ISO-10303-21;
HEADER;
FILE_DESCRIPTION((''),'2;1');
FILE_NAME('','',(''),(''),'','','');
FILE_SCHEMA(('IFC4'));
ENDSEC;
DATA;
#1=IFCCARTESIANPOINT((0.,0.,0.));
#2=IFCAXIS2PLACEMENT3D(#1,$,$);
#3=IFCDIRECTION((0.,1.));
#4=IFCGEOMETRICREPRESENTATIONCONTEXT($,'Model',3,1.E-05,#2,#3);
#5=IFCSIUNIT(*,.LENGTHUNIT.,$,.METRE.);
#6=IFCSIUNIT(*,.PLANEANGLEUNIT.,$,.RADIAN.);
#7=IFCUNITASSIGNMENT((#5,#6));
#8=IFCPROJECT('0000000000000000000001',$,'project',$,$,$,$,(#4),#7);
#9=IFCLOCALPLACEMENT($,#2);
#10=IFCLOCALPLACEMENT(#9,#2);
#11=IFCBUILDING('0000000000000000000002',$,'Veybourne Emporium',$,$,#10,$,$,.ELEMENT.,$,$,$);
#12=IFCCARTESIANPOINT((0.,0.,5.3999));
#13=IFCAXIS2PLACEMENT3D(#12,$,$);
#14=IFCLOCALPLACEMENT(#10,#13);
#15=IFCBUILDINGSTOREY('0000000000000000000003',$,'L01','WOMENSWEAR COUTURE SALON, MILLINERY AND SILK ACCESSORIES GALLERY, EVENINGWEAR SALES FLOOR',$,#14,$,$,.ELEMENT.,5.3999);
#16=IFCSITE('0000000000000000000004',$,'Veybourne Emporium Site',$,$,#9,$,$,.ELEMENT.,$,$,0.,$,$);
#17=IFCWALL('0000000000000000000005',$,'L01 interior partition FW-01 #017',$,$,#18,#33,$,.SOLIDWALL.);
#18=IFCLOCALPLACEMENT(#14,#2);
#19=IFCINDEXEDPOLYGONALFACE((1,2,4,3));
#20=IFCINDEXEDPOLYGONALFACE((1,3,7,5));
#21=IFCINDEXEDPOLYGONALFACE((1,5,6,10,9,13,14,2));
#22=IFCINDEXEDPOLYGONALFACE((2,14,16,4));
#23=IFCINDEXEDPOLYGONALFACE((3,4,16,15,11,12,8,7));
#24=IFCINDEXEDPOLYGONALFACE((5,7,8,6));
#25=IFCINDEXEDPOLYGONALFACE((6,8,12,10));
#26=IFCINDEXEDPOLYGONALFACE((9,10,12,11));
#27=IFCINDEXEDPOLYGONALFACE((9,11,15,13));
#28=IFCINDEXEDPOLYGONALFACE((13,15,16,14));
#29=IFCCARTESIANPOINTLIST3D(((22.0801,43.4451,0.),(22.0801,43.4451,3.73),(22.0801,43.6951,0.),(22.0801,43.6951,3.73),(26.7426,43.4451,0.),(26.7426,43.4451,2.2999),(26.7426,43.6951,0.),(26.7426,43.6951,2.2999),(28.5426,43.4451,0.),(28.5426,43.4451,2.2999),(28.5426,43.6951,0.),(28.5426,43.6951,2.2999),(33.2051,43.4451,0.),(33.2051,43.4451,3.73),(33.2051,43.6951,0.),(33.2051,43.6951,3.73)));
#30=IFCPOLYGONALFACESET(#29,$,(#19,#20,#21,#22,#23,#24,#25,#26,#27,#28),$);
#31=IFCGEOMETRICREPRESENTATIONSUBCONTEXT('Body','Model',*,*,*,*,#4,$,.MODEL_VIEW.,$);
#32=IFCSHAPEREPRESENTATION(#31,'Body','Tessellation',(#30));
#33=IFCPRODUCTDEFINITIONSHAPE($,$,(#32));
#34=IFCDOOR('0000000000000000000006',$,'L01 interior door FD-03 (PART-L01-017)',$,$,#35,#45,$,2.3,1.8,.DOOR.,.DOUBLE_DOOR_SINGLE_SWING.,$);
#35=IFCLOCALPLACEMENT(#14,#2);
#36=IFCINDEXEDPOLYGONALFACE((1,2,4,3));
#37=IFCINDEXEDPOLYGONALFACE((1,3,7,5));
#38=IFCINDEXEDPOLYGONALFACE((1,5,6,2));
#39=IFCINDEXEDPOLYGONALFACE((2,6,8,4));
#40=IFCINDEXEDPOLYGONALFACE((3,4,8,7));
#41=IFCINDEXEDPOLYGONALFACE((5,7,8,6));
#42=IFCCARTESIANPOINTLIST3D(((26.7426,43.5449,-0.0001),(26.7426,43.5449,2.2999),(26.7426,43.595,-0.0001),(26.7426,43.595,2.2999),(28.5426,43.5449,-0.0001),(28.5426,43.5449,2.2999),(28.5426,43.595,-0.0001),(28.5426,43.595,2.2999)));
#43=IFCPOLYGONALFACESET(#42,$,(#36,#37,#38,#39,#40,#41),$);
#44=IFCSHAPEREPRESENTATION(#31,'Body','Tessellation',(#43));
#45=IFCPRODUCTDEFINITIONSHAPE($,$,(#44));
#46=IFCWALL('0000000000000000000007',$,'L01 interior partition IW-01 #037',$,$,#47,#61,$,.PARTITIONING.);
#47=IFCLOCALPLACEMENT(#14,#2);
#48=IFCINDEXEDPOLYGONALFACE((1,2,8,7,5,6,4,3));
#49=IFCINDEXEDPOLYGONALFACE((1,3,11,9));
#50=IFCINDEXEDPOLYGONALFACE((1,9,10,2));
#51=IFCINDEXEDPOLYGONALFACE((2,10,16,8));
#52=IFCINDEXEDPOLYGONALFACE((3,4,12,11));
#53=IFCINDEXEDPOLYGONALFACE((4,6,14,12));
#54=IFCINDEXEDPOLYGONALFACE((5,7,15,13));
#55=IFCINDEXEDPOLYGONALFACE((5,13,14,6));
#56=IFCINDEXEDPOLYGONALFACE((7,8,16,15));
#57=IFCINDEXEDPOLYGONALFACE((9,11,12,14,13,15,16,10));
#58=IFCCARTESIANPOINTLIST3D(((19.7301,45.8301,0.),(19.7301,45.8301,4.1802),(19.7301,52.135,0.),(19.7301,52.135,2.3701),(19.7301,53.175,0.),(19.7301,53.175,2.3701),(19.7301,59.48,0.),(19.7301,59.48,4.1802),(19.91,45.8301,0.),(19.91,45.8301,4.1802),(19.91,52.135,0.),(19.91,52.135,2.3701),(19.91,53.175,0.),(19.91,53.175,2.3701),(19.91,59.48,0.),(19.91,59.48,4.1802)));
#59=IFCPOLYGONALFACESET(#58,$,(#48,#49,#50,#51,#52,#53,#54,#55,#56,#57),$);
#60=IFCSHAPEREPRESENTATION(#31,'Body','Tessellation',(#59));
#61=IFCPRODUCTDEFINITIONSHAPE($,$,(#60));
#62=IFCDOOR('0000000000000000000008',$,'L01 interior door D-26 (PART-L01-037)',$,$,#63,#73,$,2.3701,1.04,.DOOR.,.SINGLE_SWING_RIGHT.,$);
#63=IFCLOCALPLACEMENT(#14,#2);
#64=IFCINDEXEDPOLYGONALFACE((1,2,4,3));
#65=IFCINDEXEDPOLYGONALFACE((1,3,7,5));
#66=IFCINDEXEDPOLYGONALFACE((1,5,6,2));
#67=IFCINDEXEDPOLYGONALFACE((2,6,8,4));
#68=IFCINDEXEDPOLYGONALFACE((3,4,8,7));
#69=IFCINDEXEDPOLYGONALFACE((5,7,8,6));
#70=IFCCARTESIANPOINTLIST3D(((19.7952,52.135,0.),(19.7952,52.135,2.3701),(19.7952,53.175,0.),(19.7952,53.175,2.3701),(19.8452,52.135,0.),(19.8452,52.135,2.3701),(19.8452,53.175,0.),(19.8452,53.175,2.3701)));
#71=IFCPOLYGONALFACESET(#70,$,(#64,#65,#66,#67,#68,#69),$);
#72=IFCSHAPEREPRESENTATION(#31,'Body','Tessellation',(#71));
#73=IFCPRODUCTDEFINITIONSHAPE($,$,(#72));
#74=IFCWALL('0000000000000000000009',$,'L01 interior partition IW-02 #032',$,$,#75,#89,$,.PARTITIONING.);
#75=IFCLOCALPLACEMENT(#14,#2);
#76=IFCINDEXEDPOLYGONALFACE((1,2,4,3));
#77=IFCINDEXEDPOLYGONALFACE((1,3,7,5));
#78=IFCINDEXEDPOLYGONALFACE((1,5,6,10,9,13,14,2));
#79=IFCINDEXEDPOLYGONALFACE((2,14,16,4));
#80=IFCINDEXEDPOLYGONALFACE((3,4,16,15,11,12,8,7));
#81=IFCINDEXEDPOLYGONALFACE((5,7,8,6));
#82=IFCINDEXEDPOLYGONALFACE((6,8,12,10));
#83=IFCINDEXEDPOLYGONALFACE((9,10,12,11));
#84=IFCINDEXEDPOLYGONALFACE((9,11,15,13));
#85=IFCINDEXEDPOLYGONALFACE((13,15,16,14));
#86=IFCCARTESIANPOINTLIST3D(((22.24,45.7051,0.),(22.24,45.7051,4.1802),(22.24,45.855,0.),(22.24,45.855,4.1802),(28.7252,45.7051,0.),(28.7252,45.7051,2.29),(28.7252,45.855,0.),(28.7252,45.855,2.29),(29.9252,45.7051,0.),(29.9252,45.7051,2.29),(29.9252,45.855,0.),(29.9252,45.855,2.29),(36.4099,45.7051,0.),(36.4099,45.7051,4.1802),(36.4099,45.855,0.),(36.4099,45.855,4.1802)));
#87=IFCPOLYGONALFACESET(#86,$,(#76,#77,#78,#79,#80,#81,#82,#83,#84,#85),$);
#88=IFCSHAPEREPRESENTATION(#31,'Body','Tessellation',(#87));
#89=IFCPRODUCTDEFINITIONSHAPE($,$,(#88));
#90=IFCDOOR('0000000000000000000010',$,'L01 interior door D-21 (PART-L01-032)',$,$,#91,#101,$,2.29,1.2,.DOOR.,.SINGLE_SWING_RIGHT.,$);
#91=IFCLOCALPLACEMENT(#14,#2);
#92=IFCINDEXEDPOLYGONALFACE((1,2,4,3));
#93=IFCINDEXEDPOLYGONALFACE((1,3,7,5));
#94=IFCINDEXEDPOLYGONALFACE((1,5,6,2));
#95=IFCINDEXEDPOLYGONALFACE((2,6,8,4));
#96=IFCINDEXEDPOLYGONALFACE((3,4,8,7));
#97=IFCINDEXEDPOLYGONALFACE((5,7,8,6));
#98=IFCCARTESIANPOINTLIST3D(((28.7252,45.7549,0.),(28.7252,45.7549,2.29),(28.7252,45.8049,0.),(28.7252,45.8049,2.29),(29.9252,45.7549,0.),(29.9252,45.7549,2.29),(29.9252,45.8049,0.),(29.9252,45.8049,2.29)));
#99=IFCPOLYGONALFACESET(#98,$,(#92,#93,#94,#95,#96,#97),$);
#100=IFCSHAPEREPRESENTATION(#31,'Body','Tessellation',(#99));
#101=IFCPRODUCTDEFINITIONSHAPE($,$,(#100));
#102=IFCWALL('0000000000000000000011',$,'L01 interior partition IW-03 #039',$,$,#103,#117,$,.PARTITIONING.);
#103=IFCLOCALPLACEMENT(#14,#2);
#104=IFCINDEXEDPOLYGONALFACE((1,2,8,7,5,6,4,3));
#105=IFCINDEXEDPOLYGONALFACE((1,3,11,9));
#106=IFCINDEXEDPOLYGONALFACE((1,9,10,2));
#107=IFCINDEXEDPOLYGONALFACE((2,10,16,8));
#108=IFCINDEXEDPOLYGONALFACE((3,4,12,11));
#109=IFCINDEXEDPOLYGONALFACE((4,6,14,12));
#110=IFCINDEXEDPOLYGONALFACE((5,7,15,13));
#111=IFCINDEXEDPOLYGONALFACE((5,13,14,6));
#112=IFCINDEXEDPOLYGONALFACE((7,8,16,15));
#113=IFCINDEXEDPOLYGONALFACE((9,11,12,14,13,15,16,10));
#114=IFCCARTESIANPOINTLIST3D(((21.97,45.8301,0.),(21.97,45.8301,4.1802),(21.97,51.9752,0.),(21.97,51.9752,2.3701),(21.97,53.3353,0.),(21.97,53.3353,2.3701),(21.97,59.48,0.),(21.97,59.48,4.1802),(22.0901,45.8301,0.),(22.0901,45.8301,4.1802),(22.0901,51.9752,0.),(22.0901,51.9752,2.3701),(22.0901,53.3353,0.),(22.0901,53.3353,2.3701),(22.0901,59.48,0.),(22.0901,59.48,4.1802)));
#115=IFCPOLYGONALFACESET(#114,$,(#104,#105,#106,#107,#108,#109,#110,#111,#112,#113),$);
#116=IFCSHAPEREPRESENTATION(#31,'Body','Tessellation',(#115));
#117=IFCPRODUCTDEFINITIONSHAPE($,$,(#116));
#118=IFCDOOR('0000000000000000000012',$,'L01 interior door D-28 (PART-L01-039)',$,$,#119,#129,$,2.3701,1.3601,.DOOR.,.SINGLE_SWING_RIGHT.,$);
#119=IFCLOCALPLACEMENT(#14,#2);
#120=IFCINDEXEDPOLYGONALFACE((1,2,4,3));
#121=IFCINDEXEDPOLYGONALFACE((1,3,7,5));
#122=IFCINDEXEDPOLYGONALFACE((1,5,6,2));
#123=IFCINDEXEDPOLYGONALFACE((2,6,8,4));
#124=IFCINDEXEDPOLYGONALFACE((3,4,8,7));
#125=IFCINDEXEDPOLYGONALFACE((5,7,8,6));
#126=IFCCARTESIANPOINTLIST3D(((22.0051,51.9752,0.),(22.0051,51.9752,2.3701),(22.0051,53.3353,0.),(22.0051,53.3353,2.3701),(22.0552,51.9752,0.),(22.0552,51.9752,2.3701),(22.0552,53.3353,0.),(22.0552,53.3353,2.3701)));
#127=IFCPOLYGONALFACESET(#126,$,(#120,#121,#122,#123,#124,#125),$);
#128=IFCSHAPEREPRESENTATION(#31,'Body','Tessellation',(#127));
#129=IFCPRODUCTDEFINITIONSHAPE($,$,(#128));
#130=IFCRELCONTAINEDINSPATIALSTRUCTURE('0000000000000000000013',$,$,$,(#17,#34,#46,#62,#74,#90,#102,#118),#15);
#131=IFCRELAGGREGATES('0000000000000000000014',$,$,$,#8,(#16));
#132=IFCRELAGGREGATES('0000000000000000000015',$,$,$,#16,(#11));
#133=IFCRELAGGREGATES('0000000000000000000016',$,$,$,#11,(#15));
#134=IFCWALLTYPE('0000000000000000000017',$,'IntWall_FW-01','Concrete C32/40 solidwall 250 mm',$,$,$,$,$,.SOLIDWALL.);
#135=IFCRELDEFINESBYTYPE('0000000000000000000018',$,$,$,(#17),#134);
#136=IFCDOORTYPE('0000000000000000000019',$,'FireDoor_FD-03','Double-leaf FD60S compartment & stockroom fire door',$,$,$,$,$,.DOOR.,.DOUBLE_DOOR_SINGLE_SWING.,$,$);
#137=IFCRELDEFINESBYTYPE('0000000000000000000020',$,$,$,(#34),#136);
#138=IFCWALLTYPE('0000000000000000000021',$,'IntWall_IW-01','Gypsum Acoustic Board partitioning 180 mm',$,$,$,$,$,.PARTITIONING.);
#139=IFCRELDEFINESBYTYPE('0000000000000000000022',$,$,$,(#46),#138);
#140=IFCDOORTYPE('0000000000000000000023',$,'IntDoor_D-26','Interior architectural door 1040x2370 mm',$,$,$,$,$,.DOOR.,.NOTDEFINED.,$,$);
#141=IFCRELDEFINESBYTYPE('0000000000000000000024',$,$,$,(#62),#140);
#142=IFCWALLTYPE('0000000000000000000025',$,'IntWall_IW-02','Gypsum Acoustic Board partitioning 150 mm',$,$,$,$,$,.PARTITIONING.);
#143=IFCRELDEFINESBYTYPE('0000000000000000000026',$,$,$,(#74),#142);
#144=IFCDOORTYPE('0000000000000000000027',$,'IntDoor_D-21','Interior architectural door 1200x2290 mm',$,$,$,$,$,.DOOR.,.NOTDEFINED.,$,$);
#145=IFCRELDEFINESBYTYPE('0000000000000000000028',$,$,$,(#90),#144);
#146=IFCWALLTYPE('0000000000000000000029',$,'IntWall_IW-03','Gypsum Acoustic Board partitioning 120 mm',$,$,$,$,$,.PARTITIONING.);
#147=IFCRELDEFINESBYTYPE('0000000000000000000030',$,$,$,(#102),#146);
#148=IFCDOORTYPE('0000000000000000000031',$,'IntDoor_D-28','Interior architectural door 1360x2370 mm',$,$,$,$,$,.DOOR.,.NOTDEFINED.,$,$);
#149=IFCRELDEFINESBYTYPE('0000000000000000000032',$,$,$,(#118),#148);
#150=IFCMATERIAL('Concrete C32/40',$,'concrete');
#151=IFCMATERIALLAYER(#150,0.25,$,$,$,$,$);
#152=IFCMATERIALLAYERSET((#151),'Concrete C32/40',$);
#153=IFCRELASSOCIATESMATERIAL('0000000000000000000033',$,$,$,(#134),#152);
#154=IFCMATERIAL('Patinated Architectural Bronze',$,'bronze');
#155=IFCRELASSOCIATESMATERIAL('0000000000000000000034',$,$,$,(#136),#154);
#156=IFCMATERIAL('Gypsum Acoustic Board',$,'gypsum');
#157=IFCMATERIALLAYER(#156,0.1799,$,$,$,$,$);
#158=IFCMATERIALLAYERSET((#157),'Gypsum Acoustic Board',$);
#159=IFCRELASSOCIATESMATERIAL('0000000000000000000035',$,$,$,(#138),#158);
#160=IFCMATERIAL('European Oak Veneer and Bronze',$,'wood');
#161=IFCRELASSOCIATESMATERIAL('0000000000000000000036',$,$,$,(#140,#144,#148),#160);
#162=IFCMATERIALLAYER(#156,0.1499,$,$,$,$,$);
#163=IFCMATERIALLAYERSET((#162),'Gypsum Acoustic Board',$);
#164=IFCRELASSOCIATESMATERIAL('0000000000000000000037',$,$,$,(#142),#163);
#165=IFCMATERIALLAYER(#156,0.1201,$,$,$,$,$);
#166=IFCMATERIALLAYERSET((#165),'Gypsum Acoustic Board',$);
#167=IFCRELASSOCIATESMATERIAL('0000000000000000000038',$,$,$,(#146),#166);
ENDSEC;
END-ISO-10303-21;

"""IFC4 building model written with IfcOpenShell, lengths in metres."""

from ifc_helpers import new_model, si_unit, direction, frame, frame_2d, origin, place, context, subcontext, project, spatial, rectangle, extrude, material, layer, layer_set, type_object, element, fill, save


model = new_model("IFC4")

# Units and contexts
model_context = context("Model", 3, precision=1e-05, world=origin(), true_north=direction((0.0, 1.0)))
body_context = subcontext(model_context, "Body", "Model", "MODEL_VIEW")
ifc_project = project(units=[si_unit("LENGTHUNIT", "METRE"), si_unit("PLANEANGLEUNIT", "RADIAN")], contexts=[model_context])

# Site, building, storey
site_placement = place(None, origin())
site = spatial("IfcSite", under=ifc_project, at=site_placement, Name="Veybourne Emporium Site", CompositionType="ELEMENT", RefElevation=0.0)
building_placement = place(site_placement, origin())
building = spatial("IfcBuilding", under=site, at=building_placement, Name="Veybourne Emporium", CompositionType="ELEMENT")
storey_placement = place(building_placement, frame((0.0, 0.0, 5.3999)))
storey = spatial("IfcBuildingStorey", under=building, at=storey_placement, Name="L01", Description="WOMENSWEAR COUTURE SALON, MILLINERY AND SILK ACCESSORIES GALLERY, EVENINGWEAR SALES FLOOR", CompositionType="ELEMENT", Elevation=5.3999)

# Shared definitions
ifc_material_1 = material(Name="Concrete C32/40", Category="concrete")

# Walls, openings, doors
ifc_layer_1 = layer(ifc_material_1, 0.25)
ifc_layer_set_1 = layer_set([ifc_layer_1], Name="Concrete C32/40")
wall_type_1 = type_object("IfcWallType", Name="IntWall_FW-01", Description="Concrete C32/40 solidwall 250 mm", PredefinedType="SOLIDWALL", material=ifc_layer_set_1)
wall_1_placement = place(storey_placement, frame((22.0801, 43.5701, 0.0), z_axis=(0.0, 0.0, 1.0), x_axis=(1.0, 0.0, 0.0)))
wall_1 = element("IfcWall", 1, at=wall_1_placement, inside=storey, type_object=wall_type_1, Name="L01 interior partition FW-01 #017", PredefinedType="SOLIDWALL", context=body_context, shape_type="SweptSolid", body=[
    extrude(rectangle(XDim=11.125, YDim=0.25, at=frame_2d((5.5625, 0.0))), origin(), (0.0, 0.0, 1.0), 3.73),
])
opening_1_placement = place(wall_1_placement, frame((4.6626, 0.0, 0.0)))
opening_1 = element("IfcOpeningElement", 2, at=opening_1_placement, cuts=wall_1, PredefinedType="OPENING", context=body_context, shape_type="SweptSolid", body=[
    extrude(rectangle(XDim=1.8, YDim=2.3, at=frame_2d((0.8999, 1.1499))), frame((0.0, 0.145, 0.0), z_axis=(0.0, -1.0, 0.0), x_axis=(1.0, 0.0, 0.0)), (0.0, 0.0, 1.0), 0.29),
])
ifc_material_2 = material(Name="Patinated Architectural Bronze", Category="bronze")
door_type_1 = type_object("IfcDoorType", Name="FireDoor_FD-03", Description="Double-leaf FD60S compartment & stockroom fire door", OperationType="DOUBLE_DOOR_SINGLE_SWING", PredefinedType="DOOR", material=ifc_material_2)
door_1_placement = place(opening_1_placement, origin())
door_1 = element("IfcDoor", 3, at=door_1_placement, inside=storey, type_object=door_type_1, Name="L01 interior door FD-03 (PART-L01-017)", OperationType="DOUBLE_DOOR_SINGLE_SWING", OverallHeight=2.3, OverallWidth=1.8, PredefinedType="DOOR", context=body_context, shape_type="SweptSolid", body=[
    extrude(rectangle(XDim=1.8, YDim=2.3, at=frame_2d((0.8999, 1.1499))), frame((0.0, 0.0249, 0.0), z_axis=(0.0, -1.0, 0.0), x_axis=(1.0, 0.0, 0.0)), (0.0, 0.0, 1.0), 0.05),
])
fill(opening_1, door_1)
ifc_material_3 = material(Name="Gypsum Acoustic Board", Category="gypsum")
ifc_layer_2 = layer(ifc_material_3, 0.1799)
ifc_layer_set_2 = layer_set([ifc_layer_2], Name="Gypsum Acoustic Board")
wall_type_2 = type_object("IfcWallType", Name="IntWall_IW-01", Description="Gypsum Acoustic Board partitioning 180 mm", PredefinedType="PARTITIONING", material=ifc_layer_set_2)
wall_2_placement = place(storey_placement, frame((19.8201, 45.8301, 0.0), z_axis=(0.0, 0.0, 1.0), x_axis=(0.0, 1.0, 0.0)))
wall_2 = element("IfcWall", 4, at=wall_2_placement, inside=storey, type_object=wall_type_2, Name="L01 interior partition IW-01 #037", PredefinedType="PARTITIONING", context=body_context, shape_type="SweptSolid", body=[
    extrude(rectangle(XDim=13.6499, YDim=0.1799, at=frame_2d((6.825, 0.0))), origin(), (0.0, 0.0, 1.0), 4.1802),
])
opening_2_placement = place(wall_2_placement, frame((6.3049, 0.0, 0.0)))
opening_2 = element("IfcOpeningElement", 5, at=opening_2_placement, cuts=wall_2, PredefinedType="OPENING", context=body_context, shape_type="SweptSolid", body=[
    extrude(rectangle(XDim=1.04, YDim=2.3701, at=frame_2d((0.52, 1.1851))), frame((0.0, 0.1099, 0.0), z_axis=(0.0, -1.0, 0.0), x_axis=(1.0, 0.0, 0.0)), (0.0, 0.0, 1.0), 0.22),
])
ifc_material_4 = material(Name="European Oak Veneer and Bronze", Category="wood")
door_type_2 = type_object("IfcDoorType", Name="IntDoor_D-26", Description="Interior architectural door 1040x2370 mm", OperationType="NOTDEFINED", PredefinedType="DOOR", material=ifc_material_4)
door_2_placement = place(opening_2_placement, origin())
door_2 = element("IfcDoor", 6, at=door_2_placement, inside=storey, type_object=door_type_2, Name="L01 interior door D-26 (PART-L01-037)", OperationType="SINGLE_SWING_RIGHT", OverallHeight=2.3701, OverallWidth=1.04, PredefinedType="DOOR", context=body_context, shape_type="SweptSolid", body=[
    extrude(rectangle(XDim=1.04, YDim=2.3701, at=frame_2d((0.52, 1.1851))), frame((0.0, 0.0249, 0.0), z_axis=(0.0, -1.0, 0.0), x_axis=(1.0, 0.0, 0.0)), (0.0, 0.0, 1.0), 0.05),
])
fill(opening_2, door_2)
ifc_layer_3 = layer(ifc_material_3, 0.1499)
ifc_layer_set_3 = layer_set([ifc_layer_3], Name="Gypsum Acoustic Board")
wall_type_3 = type_object("IfcWallType", Name="IntWall_IW-02", Description="Gypsum Acoustic Board partitioning 150 mm", PredefinedType="PARTITIONING", material=ifc_layer_set_3)
wall_3_placement = place(storey_placement, frame((22.24, 45.78, 0.0), z_axis=(0.0, 0.0, 1.0), x_axis=(1.0, 0.0, 0.0)))
wall_3 = element("IfcWall", 7, at=wall_3_placement, inside=storey, type_object=wall_type_3, Name="L01 interior partition IW-02 #032", PredefinedType="PARTITIONING", context=body_context, shape_type="SweptSolid", body=[
    extrude(rectangle(XDim=14.1699, YDim=0.1499, at=frame_2d((7.085, 0.0))), origin(), (0.0, 0.0, 1.0), 4.1802),
])
opening_3_placement = place(wall_3_placement, frame((6.4851, 0.0, 0.0)))
opening_3 = element("IfcOpeningElement", 8, at=opening_3_placement, cuts=wall_3, PredefinedType="OPENING", context=body_context, shape_type="SweptSolid", body=[
    extrude(rectangle(XDim=1.2, YDim=2.29, at=frame_2d((0.6001, 1.145))), frame((0.0, 0.095, 0.0), z_axis=(0.0, -1.0, 0.0), x_axis=(1.0, 0.0, 0.0)), (0.0, 0.0, 1.0), 0.1899),
])
door_type_3 = type_object("IfcDoorType", Name="IntDoor_D-21", Description="Interior architectural door 1200x2290 mm", OperationType="NOTDEFINED", PredefinedType="DOOR", material=ifc_material_4)
door_3_placement = place(opening_3_placement, origin())
door_3 = element("IfcDoor", 9, at=door_3_placement, inside=storey, type_object=door_type_3, Name="L01 interior door D-21 (PART-L01-032)", OperationType="SINGLE_SWING_RIGHT", OverallHeight=2.29, OverallWidth=1.2, PredefinedType="DOOR", context=body_context, shape_type="SweptSolid", body=[
    extrude(rectangle(XDim=1.2, YDim=2.29, at=frame_2d((0.6001, 1.145))), frame((0.0, 0.0249, 0.0), z_axis=(0.0, -1.0, 0.0), x_axis=(1.0, 0.0, 0.0)), (0.0, 0.0, 1.0), 0.05),
])
fill(opening_3, door_3)
ifc_layer_4 = layer(ifc_material_3, 0.1201)
ifc_layer_set_4 = layer_set([ifc_layer_4], Name="Gypsum Acoustic Board")
wall_type_4 = type_object("IfcWallType", Name="IntWall_IW-03", Description="Gypsum Acoustic Board partitioning 120 mm", PredefinedType="PARTITIONING", material=ifc_layer_set_4)
wall_4_placement = place(storey_placement, frame((22.03, 45.8301, 0.0), z_axis=(0.0, 0.0, 1.0), x_axis=(0.0, 1.0, 0.0)))
wall_4 = element("IfcWall", 10, at=wall_4_placement, inside=storey, type_object=wall_type_4, Name="L01 interior partition IW-03 #039", PredefinedType="PARTITIONING", context=body_context, shape_type="SweptSolid", body=[
    extrude(rectangle(XDim=13.6499, YDim=0.1201, at=frame_2d((6.825, 0.0))), origin(), (0.0, 0.0, 1.0), 4.1802),
])
opening_4_placement = place(wall_4_placement, frame((6.145, 0.0, 0.0)))
opening_4 = element("IfcOpeningElement", 11, at=opening_4_placement, cuts=wall_4, PredefinedType="OPENING", context=body_context, shape_type="SweptSolid", body=[
    extrude(rectangle(XDim=1.3601, YDim=2.3701, at=frame_2d((0.6802, 1.1851))), frame((0.0, 0.0801, 0.0), z_axis=(0.0, -1.0, 0.0), x_axis=(1.0, 0.0, 0.0)), (0.0, 0.0, 1.0), 0.1602),
])
door_type_4 = type_object("IfcDoorType", Name="IntDoor_D-28", Description="Interior architectural door 1360x2370 mm", OperationType="NOTDEFINED", PredefinedType="DOOR", material=ifc_material_4)
door_4_placement = place(opening_4_placement, origin())
door_4 = element("IfcDoor", 12, at=door_4_placement, inside=storey, type_object=door_type_4, Name="L01 interior door D-28 (PART-L01-039)", OperationType="SINGLE_SWING_RIGHT", OverallHeight=2.3701, OverallWidth=1.3601, PredefinedType="DOOR", context=body_context, shape_type="SweptSolid", body=[
    extrude(rectangle(XDim=1.3601, YDim=2.3701, at=frame_2d((0.6802, 1.1851))), frame((0.0, 0.0249, 0.0), z_axis=(0.0, -1.0, 0.0), x_axis=(1.0, 0.0, 0.0)), (0.0, 0.0, 1.0), 0.05),
])
fill(opening_4, door_4)

save(model, "model.ifc")
